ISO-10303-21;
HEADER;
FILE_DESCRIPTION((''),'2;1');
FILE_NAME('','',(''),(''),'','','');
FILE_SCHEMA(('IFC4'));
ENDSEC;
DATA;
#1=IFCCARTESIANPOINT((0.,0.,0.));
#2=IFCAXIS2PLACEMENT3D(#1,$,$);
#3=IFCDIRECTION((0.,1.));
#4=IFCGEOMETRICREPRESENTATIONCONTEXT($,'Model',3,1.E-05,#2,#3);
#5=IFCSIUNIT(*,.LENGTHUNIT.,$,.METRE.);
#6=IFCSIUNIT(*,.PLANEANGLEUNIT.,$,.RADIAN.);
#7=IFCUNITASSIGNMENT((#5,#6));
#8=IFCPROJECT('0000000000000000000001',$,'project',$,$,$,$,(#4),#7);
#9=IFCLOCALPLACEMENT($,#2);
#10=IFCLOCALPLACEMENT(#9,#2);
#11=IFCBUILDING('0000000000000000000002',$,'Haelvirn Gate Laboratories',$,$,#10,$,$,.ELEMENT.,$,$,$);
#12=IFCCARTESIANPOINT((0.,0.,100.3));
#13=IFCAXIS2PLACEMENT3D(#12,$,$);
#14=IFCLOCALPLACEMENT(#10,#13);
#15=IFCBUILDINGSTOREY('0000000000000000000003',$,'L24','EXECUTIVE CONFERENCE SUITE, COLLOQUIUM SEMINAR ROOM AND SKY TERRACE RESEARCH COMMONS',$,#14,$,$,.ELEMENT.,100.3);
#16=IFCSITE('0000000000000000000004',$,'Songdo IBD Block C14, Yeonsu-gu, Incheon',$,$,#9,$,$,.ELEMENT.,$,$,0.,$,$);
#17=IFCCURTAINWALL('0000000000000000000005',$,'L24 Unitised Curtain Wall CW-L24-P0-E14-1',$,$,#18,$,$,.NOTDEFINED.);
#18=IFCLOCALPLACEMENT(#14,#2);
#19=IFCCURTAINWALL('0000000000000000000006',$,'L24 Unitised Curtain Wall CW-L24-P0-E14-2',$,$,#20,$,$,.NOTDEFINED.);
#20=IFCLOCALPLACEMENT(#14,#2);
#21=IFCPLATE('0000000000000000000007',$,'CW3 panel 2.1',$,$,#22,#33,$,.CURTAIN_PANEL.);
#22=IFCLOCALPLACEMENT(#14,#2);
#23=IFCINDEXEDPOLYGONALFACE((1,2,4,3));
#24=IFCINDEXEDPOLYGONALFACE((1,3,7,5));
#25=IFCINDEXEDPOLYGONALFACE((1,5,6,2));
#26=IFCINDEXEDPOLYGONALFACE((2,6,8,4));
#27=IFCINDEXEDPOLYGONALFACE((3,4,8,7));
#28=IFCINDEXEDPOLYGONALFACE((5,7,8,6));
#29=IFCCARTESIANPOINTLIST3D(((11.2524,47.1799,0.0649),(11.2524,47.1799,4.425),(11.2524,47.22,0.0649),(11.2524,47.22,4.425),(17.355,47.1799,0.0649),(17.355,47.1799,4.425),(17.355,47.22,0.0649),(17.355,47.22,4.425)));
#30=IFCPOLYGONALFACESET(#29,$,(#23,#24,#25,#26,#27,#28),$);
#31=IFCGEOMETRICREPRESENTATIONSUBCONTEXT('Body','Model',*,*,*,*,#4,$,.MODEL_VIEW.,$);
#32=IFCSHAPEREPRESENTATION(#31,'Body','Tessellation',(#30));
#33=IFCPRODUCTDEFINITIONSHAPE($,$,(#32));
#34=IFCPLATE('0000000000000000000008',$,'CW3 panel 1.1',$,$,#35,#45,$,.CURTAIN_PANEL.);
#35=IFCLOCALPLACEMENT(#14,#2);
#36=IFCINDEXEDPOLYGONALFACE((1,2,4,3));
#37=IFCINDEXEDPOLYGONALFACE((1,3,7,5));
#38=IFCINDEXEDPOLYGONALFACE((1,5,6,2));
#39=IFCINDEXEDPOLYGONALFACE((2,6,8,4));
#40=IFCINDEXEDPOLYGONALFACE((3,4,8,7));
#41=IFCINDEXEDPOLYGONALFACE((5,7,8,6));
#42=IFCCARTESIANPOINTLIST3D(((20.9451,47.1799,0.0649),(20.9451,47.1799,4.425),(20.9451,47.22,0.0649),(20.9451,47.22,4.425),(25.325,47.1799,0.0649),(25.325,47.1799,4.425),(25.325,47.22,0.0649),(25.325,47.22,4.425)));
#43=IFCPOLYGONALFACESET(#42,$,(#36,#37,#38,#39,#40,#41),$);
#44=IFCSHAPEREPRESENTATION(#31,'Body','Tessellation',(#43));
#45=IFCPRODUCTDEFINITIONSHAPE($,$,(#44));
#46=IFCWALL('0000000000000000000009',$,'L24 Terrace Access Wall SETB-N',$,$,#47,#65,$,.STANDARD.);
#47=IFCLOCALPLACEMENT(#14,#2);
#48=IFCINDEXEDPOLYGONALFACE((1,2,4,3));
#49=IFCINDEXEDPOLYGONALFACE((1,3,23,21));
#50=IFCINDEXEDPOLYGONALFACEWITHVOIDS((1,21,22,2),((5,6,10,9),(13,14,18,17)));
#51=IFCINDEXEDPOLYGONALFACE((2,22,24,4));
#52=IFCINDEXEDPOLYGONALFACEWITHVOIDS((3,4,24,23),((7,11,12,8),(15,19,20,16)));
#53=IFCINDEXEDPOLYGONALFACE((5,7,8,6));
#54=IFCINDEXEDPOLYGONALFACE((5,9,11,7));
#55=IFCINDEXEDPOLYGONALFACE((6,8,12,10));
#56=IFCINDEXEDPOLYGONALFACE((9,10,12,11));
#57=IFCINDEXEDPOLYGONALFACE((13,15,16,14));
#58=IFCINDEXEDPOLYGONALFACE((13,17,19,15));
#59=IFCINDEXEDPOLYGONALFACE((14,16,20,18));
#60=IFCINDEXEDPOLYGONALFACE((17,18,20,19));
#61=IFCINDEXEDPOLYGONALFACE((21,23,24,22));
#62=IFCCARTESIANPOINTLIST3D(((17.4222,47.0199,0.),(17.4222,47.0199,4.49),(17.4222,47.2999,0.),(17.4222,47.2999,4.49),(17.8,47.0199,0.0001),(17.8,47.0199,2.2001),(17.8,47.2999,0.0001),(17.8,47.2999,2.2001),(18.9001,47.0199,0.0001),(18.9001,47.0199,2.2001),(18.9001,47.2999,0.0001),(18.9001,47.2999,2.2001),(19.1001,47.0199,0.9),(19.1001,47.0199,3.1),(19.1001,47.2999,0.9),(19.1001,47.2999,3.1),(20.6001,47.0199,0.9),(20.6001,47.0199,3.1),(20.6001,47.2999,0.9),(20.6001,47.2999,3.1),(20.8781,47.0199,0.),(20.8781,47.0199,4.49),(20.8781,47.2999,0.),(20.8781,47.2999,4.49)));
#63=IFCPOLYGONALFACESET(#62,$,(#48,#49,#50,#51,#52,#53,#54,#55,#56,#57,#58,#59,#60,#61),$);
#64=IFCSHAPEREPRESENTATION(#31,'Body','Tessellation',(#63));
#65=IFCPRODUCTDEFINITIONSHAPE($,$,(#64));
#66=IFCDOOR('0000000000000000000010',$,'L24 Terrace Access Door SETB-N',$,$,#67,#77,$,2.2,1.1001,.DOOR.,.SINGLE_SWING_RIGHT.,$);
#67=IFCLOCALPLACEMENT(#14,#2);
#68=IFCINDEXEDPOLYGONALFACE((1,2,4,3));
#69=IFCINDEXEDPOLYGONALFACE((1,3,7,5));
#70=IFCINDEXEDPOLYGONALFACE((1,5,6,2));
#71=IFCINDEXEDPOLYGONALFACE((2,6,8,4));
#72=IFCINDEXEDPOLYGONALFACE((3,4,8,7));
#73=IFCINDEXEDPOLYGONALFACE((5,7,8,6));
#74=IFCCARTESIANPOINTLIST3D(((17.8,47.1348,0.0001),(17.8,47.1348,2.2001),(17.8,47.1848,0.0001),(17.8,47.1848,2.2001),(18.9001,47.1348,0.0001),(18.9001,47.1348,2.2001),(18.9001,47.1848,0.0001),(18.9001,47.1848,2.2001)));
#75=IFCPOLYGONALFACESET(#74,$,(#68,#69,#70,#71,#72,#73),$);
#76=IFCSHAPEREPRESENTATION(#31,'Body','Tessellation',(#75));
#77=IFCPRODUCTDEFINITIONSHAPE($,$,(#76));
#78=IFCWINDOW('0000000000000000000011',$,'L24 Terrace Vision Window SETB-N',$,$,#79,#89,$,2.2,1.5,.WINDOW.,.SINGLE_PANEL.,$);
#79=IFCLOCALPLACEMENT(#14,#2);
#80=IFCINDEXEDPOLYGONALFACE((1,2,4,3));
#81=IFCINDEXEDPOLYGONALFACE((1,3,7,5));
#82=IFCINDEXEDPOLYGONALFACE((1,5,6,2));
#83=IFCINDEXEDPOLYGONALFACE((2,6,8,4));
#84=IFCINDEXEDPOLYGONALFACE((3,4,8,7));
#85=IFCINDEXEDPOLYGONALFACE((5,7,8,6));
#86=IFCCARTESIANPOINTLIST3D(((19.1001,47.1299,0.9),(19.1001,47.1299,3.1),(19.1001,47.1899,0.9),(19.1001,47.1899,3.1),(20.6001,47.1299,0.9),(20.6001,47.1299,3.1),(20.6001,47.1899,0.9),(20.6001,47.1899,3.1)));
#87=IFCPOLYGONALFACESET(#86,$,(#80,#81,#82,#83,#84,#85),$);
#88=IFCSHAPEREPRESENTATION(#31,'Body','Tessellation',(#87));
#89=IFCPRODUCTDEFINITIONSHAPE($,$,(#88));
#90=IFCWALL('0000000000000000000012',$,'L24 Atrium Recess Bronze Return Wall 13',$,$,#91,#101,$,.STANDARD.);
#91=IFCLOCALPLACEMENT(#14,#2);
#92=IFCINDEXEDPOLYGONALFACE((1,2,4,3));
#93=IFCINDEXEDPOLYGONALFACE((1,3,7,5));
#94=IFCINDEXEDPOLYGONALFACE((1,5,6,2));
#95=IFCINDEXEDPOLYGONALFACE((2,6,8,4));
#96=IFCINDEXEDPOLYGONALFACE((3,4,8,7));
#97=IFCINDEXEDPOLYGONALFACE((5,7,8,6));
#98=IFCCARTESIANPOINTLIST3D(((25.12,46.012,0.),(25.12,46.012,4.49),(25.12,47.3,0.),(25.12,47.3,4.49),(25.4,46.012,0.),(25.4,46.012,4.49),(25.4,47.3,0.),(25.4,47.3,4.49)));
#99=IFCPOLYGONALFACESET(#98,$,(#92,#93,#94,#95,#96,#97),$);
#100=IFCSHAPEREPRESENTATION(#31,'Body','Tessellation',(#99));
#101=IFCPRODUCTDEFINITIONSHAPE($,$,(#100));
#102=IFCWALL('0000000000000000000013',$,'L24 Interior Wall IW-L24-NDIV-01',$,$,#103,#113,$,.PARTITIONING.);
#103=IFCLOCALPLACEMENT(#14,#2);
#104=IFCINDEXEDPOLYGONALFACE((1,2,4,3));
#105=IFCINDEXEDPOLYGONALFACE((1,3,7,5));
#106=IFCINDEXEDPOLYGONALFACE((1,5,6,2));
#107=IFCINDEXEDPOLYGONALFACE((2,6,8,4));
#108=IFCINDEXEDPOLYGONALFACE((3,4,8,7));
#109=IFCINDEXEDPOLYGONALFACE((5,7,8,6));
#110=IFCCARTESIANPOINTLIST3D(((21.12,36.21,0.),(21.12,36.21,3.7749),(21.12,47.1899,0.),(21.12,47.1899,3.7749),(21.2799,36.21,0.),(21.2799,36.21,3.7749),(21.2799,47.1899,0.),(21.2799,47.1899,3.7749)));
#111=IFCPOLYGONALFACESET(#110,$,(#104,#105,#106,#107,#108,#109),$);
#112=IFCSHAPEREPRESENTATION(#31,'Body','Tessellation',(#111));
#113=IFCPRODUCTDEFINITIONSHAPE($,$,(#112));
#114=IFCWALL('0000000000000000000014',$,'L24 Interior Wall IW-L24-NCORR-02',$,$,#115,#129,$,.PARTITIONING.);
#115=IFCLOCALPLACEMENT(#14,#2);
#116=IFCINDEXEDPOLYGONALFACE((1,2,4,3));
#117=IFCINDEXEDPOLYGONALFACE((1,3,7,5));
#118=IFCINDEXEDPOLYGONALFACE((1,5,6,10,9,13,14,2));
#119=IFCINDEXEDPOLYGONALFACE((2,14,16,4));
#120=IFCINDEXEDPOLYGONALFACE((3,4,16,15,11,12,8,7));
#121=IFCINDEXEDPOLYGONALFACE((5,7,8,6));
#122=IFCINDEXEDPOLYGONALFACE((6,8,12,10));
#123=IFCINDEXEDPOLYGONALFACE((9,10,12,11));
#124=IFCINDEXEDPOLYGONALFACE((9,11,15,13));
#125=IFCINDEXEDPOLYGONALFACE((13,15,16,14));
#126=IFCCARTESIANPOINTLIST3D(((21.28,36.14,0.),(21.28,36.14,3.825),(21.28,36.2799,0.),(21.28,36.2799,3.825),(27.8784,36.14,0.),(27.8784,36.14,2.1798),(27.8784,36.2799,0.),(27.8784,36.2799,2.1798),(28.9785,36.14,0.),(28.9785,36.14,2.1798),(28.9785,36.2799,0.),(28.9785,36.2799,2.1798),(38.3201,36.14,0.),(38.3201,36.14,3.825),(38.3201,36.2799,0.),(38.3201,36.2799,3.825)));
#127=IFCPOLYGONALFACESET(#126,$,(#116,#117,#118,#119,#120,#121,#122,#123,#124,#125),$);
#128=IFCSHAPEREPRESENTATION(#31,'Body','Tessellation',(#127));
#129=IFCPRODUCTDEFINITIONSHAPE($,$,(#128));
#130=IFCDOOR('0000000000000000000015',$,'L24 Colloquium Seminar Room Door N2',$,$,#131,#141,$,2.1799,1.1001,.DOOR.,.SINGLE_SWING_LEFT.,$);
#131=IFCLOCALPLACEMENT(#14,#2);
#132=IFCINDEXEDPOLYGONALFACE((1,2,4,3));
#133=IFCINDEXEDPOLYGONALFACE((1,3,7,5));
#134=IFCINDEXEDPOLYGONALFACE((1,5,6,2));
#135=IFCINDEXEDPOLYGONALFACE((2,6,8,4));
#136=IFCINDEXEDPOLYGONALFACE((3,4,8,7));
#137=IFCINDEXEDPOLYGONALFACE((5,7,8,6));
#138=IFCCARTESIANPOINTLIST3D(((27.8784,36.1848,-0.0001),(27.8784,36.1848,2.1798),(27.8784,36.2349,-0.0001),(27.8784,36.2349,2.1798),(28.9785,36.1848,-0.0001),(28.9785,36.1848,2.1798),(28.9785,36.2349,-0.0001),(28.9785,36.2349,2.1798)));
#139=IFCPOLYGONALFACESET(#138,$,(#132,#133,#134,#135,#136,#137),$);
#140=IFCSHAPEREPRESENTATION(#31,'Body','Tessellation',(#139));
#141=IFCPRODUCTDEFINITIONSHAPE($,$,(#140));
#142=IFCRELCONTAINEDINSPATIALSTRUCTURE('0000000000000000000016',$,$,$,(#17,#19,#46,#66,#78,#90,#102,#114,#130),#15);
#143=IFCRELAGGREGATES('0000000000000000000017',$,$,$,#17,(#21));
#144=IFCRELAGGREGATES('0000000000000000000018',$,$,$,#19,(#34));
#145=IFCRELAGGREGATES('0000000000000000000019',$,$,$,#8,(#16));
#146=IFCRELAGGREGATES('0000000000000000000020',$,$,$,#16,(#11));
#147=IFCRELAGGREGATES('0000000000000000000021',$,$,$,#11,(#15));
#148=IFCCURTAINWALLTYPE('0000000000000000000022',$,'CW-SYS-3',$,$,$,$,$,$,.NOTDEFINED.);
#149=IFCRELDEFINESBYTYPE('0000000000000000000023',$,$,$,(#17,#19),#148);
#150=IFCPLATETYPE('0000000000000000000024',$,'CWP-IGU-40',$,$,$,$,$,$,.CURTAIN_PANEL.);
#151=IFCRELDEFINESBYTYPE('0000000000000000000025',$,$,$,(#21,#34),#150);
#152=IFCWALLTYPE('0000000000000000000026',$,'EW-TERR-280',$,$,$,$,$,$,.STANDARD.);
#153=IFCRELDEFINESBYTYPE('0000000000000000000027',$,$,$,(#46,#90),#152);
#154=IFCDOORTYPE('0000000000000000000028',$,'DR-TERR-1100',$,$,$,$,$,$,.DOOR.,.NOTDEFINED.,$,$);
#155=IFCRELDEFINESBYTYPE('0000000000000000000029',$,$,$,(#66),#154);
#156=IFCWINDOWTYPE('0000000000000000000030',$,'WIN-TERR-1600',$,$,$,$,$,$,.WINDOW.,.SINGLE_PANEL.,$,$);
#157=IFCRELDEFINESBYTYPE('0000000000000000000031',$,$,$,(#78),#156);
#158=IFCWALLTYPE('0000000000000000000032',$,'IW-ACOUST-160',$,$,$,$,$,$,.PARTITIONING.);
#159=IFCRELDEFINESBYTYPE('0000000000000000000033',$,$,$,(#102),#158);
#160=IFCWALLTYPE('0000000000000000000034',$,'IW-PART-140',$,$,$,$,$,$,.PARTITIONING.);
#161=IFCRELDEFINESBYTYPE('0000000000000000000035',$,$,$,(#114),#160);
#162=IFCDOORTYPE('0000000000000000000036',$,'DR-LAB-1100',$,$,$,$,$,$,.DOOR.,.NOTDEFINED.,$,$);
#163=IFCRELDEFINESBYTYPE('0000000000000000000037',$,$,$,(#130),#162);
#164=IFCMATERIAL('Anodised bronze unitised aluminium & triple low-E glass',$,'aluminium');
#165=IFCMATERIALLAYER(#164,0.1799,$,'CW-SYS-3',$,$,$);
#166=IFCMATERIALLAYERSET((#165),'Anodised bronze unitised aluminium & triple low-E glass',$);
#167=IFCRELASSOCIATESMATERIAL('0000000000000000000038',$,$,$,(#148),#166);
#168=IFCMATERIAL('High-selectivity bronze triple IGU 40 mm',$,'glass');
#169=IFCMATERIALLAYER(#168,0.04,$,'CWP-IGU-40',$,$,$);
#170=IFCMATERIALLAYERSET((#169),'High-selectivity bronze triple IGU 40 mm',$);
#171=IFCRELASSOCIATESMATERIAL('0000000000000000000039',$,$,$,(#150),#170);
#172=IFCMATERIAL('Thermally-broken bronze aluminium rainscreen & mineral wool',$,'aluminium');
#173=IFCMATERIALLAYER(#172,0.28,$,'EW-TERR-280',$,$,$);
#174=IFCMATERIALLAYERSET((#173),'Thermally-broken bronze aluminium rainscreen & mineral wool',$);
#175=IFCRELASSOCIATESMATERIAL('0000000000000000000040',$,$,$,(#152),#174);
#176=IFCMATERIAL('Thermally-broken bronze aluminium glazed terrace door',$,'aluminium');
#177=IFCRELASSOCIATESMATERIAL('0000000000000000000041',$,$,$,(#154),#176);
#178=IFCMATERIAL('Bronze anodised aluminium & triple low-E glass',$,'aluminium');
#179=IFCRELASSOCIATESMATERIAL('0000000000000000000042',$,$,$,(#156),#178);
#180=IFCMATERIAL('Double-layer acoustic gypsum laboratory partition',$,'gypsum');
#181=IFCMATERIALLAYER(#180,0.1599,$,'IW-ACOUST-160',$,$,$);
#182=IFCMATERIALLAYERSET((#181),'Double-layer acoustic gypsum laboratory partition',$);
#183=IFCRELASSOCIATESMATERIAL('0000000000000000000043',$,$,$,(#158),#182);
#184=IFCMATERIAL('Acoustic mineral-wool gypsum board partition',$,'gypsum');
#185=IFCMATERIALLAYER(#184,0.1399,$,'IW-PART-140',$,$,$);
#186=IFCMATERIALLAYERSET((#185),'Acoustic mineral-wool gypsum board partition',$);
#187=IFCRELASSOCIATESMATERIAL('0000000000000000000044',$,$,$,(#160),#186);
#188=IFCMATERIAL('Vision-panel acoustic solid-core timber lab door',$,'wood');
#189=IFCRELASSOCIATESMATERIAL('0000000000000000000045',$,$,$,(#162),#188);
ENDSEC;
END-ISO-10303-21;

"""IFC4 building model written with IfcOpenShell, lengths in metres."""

from ifc_helpers import new_model, si_unit, direction, frame, frame_2d, origin, origin_2d, place, context, subcontext, project, spatial, rectangle, extrude, source, transform, mapped, material, layer, layer_set, type_object, type_shapes, element, fill, aggregate, save


model = new_model("IFC4")

# Units and contexts
model_context = context("Model", 3, precision=1e-05, world=origin(), true_north=direction((0.0, 1.0)))
body_context = subcontext(model_context, "Body", "Model", "MODEL_VIEW")
ifc_project = project(units=[si_unit("LENGTHUNIT", "METRE"), si_unit("PLANEANGLEUNIT", "RADIAN")], contexts=[model_context])

# Site, building, storey
site_placement = place(None, origin())
site = spatial("IfcSite", under=ifc_project, at=site_placement, Name="Songdo IBD Block C14, Yeonsu-gu, Incheon", CompositionType="ELEMENT", RefElevation=0.0)
building_placement = place(site_placement, origin())
building = spatial("IfcBuilding", under=site, at=building_placement, Name="Haelvirn Gate Laboratories", CompositionType="ELEMENT")
storey_placement = place(building_placement, frame((0.0, 0.0, 100.3)))
storey = spatial("IfcBuildingStorey", under=building, at=storey_placement, Name="L24", Description="EXECUTIVE CONFERENCE SUITE, COLLOQUIUM SEMINAR ROOM AND SKY TERRACE RESEARCH COMMONS", CompositionType="ELEMENT", Elevation=100.3)

# Curtain wall
ifc_material_1 = material(Name="Anodised bronze unitised aluminium & triple low-E glass", Category="aluminium")
ifc_layer_1 = layer(ifc_material_1, 0.1799, Name="CW-SYS-3")
ifc_layer_set_1 = layer_set([ifc_layer_1], Name="Anodised bronze unitised aluminium & triple low-E glass")
curtain_wall_type = type_object("IfcCurtainWallType", Name="CW-SYS-3", PredefinedType="NOTDEFINED", material=ifc_layer_set_1)
curtain_wall_1_placement = place(storey_placement, origin())
curtain_wall_1 = element("IfcCurtainWall", 1, at=curtain_wall_1_placement, inside=storey, type_object=curtain_wall_type, Name="L24 Unitised Curtain Wall CW-L24-P0-E14-1", PredefinedType="NOTDEFINED")

# Curtain wall
curtain_wall_2_placement = place(storey_placement, origin())
curtain_wall_2 = element("IfcCurtainWall", 2, at=curtain_wall_2_placement, inside=storey, type_object=curtain_wall_type, Name="L24 Unitised Curtain Wall CW-L24-P0-E14-2", PredefinedType="NOTDEFINED")

# Plates
ifc_material_2 = material(Name="High-selectivity bronze triple IGU 40 mm", Category="glass")
ifc_layer_2 = layer(ifc_material_2, 0.04, Name="CWP-IGU-40")
ifc_layer_set_2 = layer_set([ifc_layer_2], Name="High-selectivity bronze triple IGU 40 mm")
plate_type = type_object("IfcPlateType", Name="CWP-IGU-40", PredefinedType="CURTAIN_PANEL", material=ifc_layer_set_2)
shared_shape_1 = source(origin(), body_context, "Body", "SweptSolid", [
    extrude(rectangle(XDim=6.1025, YDim=0.04, at=origin_2d()), origin(), (0.0, 0.0, 1.0), 4.3601),
])
plate_1_placement = place(storey_placement, frame((14.3037, 47.2, 0.0649), z_axis=(0.0, 0.0, 1.0), x_axis=(1.0, 0.0, 0.0)))
plate_1 = element("IfcPlate", 3, at=plate_1_placement, type_object=plate_type, Name="CW3 panel 2.1", PredefinedType="CURTAIN_PANEL", context=body_context, shape_type="MappedRepresentation", body=[
    mapped(shared_shape_1, transform((0.0, 0.0, 0.0), scale=1.0)),
])
aggregate(curtain_wall_1, [plate_1])
shared_shape_2 = source(origin(), body_context, "Body", "SweptSolid", [
    extrude(rectangle(XDim=4.3799, YDim=0.04, at=origin_2d()), origin(), (0.0, 0.0, 1.0), 4.3601),
])
type_shapes(plate_type, [shared_shape_1, shared_shape_2])
plate_2_placement = place(storey_placement, frame((23.135, 47.2, 0.0649), z_axis=(0.0, 0.0, 1.0), x_axis=(1.0, 0.0, 0.0)))
plate_2 = element("IfcPlate", 4, at=plate_2_placement, type_object=plate_type, Name="CW3 panel 1.1", PredefinedType="CURTAIN_PANEL", context=body_context, shape_type="MappedRepresentation", body=[
    mapped(shared_shape_2, transform((0.0, 0.0, 0.0), scale=1.0)),
])
aggregate(curtain_wall_2, [plate_2])

# Wall, openings, door, window
ifc_material_3 = material(Name="Thermally-broken bronze aluminium rainscreen & mineral wool", Category="aluminium")
ifc_layer_3 = layer(ifc_material_3, 0.28, Name="EW-TERR-280")
ifc_layer_set_3 = layer_set([ifc_layer_3], Name="Thermally-broken bronze aluminium rainscreen & mineral wool")
wall_type_1 = type_object("IfcWallType", Name="EW-TERR-280", PredefinedType="STANDARD", material=ifc_layer_set_3)
wall_1_placement = place(storey_placement, frame((17.4221, 47.1599, 0.0), z_axis=(0.0, 0.0, 1.0), x_axis=(1.0, 0.0, 0.0)))
wall_1 = element("IfcWall", 5, at=wall_1_placement, inside=storey, type_object=wall_type_1, Name="L24 Terrace Access Wall SETB-N", PredefinedType="STANDARD", context=body_context, shape_type="SweptSolid", body=[
    extrude(rectangle(XDim=3.4558, YDim=0.28, at=frame_2d((1.728, 0.0))), origin(), (0.0, 0.0, 1.0), 4.49),
])
opening_1_placement = place(wall_1_placement, frame((0.3779, 0.0, 0.0)))
opening_1 = element("IfcOpeningElement", 6, at=opening_1_placement, cuts=wall_1, PredefinedType="OPENING", context=body_context, shape_type="SweptSolid", body=[
    extrude(rectangle(XDim=1.1001, YDim=2.2, at=frame_2d((0.55, 1.1001))), frame((0.0, 0.1499, 0.0), z_axis=(0.0, -1.0, 0.0), x_axis=(1.0, 0.0, 0.0)), (0.0, 0.0, 1.0), 0.3),
])
opening_2_placement = place(wall_1_placement, frame((1.678, 0.0, 0.8999)))
opening_2 = element("IfcOpeningElement", 7, at=opening_2_placement, cuts=wall_1, PredefinedType="OPENING", context=body_context, shape_type="SweptSolid", body=[
    extrude(rectangle(XDim=1.5, YDim=2.2, at=frame_2d((0.75, 1.1001))), frame((0.0, 0.1499, 0.0), z_axis=(0.0, -1.0, 0.0), x_axis=(1.0, 0.0, 0.0)), (0.0, 0.0, 1.0), 0.3),
])
ifc_material_4 = material(Name="Thermally-broken bronze aluminium glazed terrace door", Category="aluminium")
door_type_1 = type_object("IfcDoorType", Name="DR-TERR-1100", OperationType="NOTDEFINED", PredefinedType="DOOR", material=ifc_material_4)
shared_shape_3 = source(origin(), body_context, "Body", "SweptSolid", [
    extrude(rectangle(XDim=1.1001, YDim=2.2, at=frame_2d((0.55, 1.1001))), frame((0.0, 0.0249, 0.0), z_axis=(0.0, -1.0, 0.0), x_axis=(1.0, 0.0, 0.0)), (0.0, 0.0, 1.0), 0.05),
])
type_shapes(door_type_1, [shared_shape_3])
door_1_placement = place(opening_1_placement, origin())
door_1 = element("IfcDoor", 8, at=door_1_placement, inside=storey, type_object=door_type_1, Name="L24 Terrace Access Door SETB-N", OperationType="SINGLE_SWING_RIGHT", OverallHeight=2.2, OverallWidth=1.1001, PredefinedType="DOOR", context=body_context, shape_type="MappedRepresentation", body=[
    mapped(shared_shape_3, transform((0.0, 0.0, 0.0), scale=1.0)),
])
fill(opening_1, door_1)
ifc_material_5 = material(Name="Bronze anodised aluminium & triple low-E glass", Category="aluminium")
window_type = type_object("IfcWindowType", Name="WIN-TERR-1600", PartitioningType="SINGLE_PANEL", PredefinedType="WINDOW", material=ifc_material_5)
shared_shape_4 = source(origin(), body_context, "Body", "SweptSolid", [
    extrude(rectangle(XDim=1.5, YDim=2.2, at=frame_2d((0.75, 1.1001))), frame((0.0, 0.03, 0.0), z_axis=(0.0, -1.0, 0.0), x_axis=(1.0, 0.0, 0.0)), (0.0, 0.0, 1.0), 0.0601),
])
type_shapes(window_type, [shared_shape_4])
window_placement = place(opening_2_placement, origin())
window = element("IfcWindow", 9, at=window_placement, inside=storey, type_object=window_type, Name="L24 Terrace Vision Window SETB-N", OverallHeight=2.2, OverallWidth=1.5, PartitioningType="SINGLE_PANEL", PredefinedType="WINDOW", context=body_context, shape_type="MappedRepresentation", body=[
    mapped(shared_shape_4, transform((0.0, 0.0, 0.0), scale=1.0)),
])
fill(opening_2, window)

# Walls
wall_2_placement = place(storey_placement, frame((25.26, 46.012, 0.0), z_axis=(0.0, 0.0, 1.0), x_axis=(0.0, 1.0, 0.0)))
element("IfcWall", 10, at=wall_2_placement, inside=storey, type_object=wall_type_1, Name="L24 Atrium Recess Bronze Return Wall 13", PredefinedType="STANDARD", context=body_context, shape_type="SweptSolid", body=[
    extrude(rectangle(XDim=1.2881, YDim=0.28, at=frame_2d((0.644, 0.0))), origin(), (0.0, 0.0, 1.0), 4.49),
])
ifc_material_6 = material(Name="Double-layer acoustic gypsum laboratory partition", Category="gypsum")
ifc_layer_4 = layer(ifc_material_6, 0.1599, Name="IW-ACOUST-160")
ifc_layer_set_4 = layer_set([ifc_layer_4], Name="Double-layer acoustic gypsum laboratory partition")
wall_type_2 = type_object("IfcWallType", Name="IW-ACOUST-160", PredefinedType="PARTITIONING", material=ifc_layer_set_4)
wall_3_placement = place(storey_placement, frame((21.2, 36.21, 0.0), z_axis=(0.0, 0.0, 1.0), x_axis=(0.0, 1.0, 0.0)))
element("IfcWall", 11, at=wall_3_placement, inside=storey, type_object=wall_type_2, Name="L24 Interior Wall IW-L24-NDIV-01", PredefinedType="PARTITIONING", context=body_context, shape_type="SweptSolid", body=[
    extrude(rectangle(XDim=10.98, YDim=0.1599, at=frame_2d((5.49, 0.0))), origin(), (0.0, 0.0, 1.0), 3.7749),
])

# Wall, opening, door
ifc_material_7 = material(Name="Acoustic mineral-wool gypsum board partition", Category="gypsum")
ifc_layer_5 = layer(ifc_material_7, 0.1399, Name="IW-PART-140")
ifc_layer_set_5 = layer_set([ifc_layer_5], Name="Acoustic mineral-wool gypsum board partition")
wall_type_3 = type_object("IfcWallType", Name="IW-PART-140", PredefinedType="PARTITIONING", material=ifc_layer_set_5)
wall_4_placement = place(storey_placement, frame((21.28, 36.21, 0.0), z_axis=(0.0, 0.0, 1.0), x_axis=(1.0, 0.0, 0.0)))
wall_4 = element("IfcWall", 12, at=wall_4_placement, inside=storey, type_object=wall_type_3, Name="L24 Interior Wall IW-L24-NCORR-02", PredefinedType="PARTITIONING", context=body_context, shape_type="SweptSolid", body=[
    extrude(rectangle(XDim=17.04, YDim=0.1399, at=frame_2d((8.52, 0.0))), origin(), (0.0, 0.0, 1.0), 3.825),
])
opening_3_placement = place(wall_4_placement, frame((6.5984, 0.0, 0.0)))
opening_3 = element("IfcOpeningElement", 13, at=opening_3_placement, cuts=wall_4, PredefinedType="OPENING", context=body_context, shape_type="SweptSolid", body=[
    extrude(rectangle(XDim=1.1001, YDim=2.1799, at=frame_2d((0.55, 1.0898))), frame((0.0, 0.0801, 0.0), z_axis=(0.0, -1.0, 0.0), x_axis=(1.0, 0.0, 0.0)), (0.0, 0.0, 1.0), 0.1599),
])
ifc_material_8 = material(Name="Vision-panel acoustic solid-core timber lab door", Category="wood")
door_type_2 = type_object("IfcDoorType", Name="DR-LAB-1100", OperationType="NOTDEFINED", PredefinedType="DOOR", material=ifc_material_8)
shared_shape_5 = source(origin(), body_context, "Body", "SweptSolid", [
    extrude(rectangle(XDim=1.1001, YDim=2.1799, at=frame_2d((0.55, 1.0898))), frame((0.0, 0.0249, 0.0), z_axis=(0.0, -1.0, 0.0), x_axis=(1.0, 0.0, 0.0)), (0.0, 0.0, 1.0), 0.05),
])
type_shapes(door_type_2, [shared_shape_5])
door_2_placement = place(opening_3_placement, origin())
door_2 = element("IfcDoor", 14, at=door_2_placement, inside=storey, type_object=door_type_2, Name="L24 Colloquium Seminar Room Door N2", OperationType="SINGLE_SWING_LEFT", OverallHeight=2.1799, OverallWidth=1.1001, PredefinedType="DOOR", context=body_context, shape_type="MappedRepresentation", body=[
    mapped(shared_shape_5, transform((0.0, 0.0, 0.0), scale=1.0)),
])
fill(opening_3, door_2)

save(model, "model.ifc")
